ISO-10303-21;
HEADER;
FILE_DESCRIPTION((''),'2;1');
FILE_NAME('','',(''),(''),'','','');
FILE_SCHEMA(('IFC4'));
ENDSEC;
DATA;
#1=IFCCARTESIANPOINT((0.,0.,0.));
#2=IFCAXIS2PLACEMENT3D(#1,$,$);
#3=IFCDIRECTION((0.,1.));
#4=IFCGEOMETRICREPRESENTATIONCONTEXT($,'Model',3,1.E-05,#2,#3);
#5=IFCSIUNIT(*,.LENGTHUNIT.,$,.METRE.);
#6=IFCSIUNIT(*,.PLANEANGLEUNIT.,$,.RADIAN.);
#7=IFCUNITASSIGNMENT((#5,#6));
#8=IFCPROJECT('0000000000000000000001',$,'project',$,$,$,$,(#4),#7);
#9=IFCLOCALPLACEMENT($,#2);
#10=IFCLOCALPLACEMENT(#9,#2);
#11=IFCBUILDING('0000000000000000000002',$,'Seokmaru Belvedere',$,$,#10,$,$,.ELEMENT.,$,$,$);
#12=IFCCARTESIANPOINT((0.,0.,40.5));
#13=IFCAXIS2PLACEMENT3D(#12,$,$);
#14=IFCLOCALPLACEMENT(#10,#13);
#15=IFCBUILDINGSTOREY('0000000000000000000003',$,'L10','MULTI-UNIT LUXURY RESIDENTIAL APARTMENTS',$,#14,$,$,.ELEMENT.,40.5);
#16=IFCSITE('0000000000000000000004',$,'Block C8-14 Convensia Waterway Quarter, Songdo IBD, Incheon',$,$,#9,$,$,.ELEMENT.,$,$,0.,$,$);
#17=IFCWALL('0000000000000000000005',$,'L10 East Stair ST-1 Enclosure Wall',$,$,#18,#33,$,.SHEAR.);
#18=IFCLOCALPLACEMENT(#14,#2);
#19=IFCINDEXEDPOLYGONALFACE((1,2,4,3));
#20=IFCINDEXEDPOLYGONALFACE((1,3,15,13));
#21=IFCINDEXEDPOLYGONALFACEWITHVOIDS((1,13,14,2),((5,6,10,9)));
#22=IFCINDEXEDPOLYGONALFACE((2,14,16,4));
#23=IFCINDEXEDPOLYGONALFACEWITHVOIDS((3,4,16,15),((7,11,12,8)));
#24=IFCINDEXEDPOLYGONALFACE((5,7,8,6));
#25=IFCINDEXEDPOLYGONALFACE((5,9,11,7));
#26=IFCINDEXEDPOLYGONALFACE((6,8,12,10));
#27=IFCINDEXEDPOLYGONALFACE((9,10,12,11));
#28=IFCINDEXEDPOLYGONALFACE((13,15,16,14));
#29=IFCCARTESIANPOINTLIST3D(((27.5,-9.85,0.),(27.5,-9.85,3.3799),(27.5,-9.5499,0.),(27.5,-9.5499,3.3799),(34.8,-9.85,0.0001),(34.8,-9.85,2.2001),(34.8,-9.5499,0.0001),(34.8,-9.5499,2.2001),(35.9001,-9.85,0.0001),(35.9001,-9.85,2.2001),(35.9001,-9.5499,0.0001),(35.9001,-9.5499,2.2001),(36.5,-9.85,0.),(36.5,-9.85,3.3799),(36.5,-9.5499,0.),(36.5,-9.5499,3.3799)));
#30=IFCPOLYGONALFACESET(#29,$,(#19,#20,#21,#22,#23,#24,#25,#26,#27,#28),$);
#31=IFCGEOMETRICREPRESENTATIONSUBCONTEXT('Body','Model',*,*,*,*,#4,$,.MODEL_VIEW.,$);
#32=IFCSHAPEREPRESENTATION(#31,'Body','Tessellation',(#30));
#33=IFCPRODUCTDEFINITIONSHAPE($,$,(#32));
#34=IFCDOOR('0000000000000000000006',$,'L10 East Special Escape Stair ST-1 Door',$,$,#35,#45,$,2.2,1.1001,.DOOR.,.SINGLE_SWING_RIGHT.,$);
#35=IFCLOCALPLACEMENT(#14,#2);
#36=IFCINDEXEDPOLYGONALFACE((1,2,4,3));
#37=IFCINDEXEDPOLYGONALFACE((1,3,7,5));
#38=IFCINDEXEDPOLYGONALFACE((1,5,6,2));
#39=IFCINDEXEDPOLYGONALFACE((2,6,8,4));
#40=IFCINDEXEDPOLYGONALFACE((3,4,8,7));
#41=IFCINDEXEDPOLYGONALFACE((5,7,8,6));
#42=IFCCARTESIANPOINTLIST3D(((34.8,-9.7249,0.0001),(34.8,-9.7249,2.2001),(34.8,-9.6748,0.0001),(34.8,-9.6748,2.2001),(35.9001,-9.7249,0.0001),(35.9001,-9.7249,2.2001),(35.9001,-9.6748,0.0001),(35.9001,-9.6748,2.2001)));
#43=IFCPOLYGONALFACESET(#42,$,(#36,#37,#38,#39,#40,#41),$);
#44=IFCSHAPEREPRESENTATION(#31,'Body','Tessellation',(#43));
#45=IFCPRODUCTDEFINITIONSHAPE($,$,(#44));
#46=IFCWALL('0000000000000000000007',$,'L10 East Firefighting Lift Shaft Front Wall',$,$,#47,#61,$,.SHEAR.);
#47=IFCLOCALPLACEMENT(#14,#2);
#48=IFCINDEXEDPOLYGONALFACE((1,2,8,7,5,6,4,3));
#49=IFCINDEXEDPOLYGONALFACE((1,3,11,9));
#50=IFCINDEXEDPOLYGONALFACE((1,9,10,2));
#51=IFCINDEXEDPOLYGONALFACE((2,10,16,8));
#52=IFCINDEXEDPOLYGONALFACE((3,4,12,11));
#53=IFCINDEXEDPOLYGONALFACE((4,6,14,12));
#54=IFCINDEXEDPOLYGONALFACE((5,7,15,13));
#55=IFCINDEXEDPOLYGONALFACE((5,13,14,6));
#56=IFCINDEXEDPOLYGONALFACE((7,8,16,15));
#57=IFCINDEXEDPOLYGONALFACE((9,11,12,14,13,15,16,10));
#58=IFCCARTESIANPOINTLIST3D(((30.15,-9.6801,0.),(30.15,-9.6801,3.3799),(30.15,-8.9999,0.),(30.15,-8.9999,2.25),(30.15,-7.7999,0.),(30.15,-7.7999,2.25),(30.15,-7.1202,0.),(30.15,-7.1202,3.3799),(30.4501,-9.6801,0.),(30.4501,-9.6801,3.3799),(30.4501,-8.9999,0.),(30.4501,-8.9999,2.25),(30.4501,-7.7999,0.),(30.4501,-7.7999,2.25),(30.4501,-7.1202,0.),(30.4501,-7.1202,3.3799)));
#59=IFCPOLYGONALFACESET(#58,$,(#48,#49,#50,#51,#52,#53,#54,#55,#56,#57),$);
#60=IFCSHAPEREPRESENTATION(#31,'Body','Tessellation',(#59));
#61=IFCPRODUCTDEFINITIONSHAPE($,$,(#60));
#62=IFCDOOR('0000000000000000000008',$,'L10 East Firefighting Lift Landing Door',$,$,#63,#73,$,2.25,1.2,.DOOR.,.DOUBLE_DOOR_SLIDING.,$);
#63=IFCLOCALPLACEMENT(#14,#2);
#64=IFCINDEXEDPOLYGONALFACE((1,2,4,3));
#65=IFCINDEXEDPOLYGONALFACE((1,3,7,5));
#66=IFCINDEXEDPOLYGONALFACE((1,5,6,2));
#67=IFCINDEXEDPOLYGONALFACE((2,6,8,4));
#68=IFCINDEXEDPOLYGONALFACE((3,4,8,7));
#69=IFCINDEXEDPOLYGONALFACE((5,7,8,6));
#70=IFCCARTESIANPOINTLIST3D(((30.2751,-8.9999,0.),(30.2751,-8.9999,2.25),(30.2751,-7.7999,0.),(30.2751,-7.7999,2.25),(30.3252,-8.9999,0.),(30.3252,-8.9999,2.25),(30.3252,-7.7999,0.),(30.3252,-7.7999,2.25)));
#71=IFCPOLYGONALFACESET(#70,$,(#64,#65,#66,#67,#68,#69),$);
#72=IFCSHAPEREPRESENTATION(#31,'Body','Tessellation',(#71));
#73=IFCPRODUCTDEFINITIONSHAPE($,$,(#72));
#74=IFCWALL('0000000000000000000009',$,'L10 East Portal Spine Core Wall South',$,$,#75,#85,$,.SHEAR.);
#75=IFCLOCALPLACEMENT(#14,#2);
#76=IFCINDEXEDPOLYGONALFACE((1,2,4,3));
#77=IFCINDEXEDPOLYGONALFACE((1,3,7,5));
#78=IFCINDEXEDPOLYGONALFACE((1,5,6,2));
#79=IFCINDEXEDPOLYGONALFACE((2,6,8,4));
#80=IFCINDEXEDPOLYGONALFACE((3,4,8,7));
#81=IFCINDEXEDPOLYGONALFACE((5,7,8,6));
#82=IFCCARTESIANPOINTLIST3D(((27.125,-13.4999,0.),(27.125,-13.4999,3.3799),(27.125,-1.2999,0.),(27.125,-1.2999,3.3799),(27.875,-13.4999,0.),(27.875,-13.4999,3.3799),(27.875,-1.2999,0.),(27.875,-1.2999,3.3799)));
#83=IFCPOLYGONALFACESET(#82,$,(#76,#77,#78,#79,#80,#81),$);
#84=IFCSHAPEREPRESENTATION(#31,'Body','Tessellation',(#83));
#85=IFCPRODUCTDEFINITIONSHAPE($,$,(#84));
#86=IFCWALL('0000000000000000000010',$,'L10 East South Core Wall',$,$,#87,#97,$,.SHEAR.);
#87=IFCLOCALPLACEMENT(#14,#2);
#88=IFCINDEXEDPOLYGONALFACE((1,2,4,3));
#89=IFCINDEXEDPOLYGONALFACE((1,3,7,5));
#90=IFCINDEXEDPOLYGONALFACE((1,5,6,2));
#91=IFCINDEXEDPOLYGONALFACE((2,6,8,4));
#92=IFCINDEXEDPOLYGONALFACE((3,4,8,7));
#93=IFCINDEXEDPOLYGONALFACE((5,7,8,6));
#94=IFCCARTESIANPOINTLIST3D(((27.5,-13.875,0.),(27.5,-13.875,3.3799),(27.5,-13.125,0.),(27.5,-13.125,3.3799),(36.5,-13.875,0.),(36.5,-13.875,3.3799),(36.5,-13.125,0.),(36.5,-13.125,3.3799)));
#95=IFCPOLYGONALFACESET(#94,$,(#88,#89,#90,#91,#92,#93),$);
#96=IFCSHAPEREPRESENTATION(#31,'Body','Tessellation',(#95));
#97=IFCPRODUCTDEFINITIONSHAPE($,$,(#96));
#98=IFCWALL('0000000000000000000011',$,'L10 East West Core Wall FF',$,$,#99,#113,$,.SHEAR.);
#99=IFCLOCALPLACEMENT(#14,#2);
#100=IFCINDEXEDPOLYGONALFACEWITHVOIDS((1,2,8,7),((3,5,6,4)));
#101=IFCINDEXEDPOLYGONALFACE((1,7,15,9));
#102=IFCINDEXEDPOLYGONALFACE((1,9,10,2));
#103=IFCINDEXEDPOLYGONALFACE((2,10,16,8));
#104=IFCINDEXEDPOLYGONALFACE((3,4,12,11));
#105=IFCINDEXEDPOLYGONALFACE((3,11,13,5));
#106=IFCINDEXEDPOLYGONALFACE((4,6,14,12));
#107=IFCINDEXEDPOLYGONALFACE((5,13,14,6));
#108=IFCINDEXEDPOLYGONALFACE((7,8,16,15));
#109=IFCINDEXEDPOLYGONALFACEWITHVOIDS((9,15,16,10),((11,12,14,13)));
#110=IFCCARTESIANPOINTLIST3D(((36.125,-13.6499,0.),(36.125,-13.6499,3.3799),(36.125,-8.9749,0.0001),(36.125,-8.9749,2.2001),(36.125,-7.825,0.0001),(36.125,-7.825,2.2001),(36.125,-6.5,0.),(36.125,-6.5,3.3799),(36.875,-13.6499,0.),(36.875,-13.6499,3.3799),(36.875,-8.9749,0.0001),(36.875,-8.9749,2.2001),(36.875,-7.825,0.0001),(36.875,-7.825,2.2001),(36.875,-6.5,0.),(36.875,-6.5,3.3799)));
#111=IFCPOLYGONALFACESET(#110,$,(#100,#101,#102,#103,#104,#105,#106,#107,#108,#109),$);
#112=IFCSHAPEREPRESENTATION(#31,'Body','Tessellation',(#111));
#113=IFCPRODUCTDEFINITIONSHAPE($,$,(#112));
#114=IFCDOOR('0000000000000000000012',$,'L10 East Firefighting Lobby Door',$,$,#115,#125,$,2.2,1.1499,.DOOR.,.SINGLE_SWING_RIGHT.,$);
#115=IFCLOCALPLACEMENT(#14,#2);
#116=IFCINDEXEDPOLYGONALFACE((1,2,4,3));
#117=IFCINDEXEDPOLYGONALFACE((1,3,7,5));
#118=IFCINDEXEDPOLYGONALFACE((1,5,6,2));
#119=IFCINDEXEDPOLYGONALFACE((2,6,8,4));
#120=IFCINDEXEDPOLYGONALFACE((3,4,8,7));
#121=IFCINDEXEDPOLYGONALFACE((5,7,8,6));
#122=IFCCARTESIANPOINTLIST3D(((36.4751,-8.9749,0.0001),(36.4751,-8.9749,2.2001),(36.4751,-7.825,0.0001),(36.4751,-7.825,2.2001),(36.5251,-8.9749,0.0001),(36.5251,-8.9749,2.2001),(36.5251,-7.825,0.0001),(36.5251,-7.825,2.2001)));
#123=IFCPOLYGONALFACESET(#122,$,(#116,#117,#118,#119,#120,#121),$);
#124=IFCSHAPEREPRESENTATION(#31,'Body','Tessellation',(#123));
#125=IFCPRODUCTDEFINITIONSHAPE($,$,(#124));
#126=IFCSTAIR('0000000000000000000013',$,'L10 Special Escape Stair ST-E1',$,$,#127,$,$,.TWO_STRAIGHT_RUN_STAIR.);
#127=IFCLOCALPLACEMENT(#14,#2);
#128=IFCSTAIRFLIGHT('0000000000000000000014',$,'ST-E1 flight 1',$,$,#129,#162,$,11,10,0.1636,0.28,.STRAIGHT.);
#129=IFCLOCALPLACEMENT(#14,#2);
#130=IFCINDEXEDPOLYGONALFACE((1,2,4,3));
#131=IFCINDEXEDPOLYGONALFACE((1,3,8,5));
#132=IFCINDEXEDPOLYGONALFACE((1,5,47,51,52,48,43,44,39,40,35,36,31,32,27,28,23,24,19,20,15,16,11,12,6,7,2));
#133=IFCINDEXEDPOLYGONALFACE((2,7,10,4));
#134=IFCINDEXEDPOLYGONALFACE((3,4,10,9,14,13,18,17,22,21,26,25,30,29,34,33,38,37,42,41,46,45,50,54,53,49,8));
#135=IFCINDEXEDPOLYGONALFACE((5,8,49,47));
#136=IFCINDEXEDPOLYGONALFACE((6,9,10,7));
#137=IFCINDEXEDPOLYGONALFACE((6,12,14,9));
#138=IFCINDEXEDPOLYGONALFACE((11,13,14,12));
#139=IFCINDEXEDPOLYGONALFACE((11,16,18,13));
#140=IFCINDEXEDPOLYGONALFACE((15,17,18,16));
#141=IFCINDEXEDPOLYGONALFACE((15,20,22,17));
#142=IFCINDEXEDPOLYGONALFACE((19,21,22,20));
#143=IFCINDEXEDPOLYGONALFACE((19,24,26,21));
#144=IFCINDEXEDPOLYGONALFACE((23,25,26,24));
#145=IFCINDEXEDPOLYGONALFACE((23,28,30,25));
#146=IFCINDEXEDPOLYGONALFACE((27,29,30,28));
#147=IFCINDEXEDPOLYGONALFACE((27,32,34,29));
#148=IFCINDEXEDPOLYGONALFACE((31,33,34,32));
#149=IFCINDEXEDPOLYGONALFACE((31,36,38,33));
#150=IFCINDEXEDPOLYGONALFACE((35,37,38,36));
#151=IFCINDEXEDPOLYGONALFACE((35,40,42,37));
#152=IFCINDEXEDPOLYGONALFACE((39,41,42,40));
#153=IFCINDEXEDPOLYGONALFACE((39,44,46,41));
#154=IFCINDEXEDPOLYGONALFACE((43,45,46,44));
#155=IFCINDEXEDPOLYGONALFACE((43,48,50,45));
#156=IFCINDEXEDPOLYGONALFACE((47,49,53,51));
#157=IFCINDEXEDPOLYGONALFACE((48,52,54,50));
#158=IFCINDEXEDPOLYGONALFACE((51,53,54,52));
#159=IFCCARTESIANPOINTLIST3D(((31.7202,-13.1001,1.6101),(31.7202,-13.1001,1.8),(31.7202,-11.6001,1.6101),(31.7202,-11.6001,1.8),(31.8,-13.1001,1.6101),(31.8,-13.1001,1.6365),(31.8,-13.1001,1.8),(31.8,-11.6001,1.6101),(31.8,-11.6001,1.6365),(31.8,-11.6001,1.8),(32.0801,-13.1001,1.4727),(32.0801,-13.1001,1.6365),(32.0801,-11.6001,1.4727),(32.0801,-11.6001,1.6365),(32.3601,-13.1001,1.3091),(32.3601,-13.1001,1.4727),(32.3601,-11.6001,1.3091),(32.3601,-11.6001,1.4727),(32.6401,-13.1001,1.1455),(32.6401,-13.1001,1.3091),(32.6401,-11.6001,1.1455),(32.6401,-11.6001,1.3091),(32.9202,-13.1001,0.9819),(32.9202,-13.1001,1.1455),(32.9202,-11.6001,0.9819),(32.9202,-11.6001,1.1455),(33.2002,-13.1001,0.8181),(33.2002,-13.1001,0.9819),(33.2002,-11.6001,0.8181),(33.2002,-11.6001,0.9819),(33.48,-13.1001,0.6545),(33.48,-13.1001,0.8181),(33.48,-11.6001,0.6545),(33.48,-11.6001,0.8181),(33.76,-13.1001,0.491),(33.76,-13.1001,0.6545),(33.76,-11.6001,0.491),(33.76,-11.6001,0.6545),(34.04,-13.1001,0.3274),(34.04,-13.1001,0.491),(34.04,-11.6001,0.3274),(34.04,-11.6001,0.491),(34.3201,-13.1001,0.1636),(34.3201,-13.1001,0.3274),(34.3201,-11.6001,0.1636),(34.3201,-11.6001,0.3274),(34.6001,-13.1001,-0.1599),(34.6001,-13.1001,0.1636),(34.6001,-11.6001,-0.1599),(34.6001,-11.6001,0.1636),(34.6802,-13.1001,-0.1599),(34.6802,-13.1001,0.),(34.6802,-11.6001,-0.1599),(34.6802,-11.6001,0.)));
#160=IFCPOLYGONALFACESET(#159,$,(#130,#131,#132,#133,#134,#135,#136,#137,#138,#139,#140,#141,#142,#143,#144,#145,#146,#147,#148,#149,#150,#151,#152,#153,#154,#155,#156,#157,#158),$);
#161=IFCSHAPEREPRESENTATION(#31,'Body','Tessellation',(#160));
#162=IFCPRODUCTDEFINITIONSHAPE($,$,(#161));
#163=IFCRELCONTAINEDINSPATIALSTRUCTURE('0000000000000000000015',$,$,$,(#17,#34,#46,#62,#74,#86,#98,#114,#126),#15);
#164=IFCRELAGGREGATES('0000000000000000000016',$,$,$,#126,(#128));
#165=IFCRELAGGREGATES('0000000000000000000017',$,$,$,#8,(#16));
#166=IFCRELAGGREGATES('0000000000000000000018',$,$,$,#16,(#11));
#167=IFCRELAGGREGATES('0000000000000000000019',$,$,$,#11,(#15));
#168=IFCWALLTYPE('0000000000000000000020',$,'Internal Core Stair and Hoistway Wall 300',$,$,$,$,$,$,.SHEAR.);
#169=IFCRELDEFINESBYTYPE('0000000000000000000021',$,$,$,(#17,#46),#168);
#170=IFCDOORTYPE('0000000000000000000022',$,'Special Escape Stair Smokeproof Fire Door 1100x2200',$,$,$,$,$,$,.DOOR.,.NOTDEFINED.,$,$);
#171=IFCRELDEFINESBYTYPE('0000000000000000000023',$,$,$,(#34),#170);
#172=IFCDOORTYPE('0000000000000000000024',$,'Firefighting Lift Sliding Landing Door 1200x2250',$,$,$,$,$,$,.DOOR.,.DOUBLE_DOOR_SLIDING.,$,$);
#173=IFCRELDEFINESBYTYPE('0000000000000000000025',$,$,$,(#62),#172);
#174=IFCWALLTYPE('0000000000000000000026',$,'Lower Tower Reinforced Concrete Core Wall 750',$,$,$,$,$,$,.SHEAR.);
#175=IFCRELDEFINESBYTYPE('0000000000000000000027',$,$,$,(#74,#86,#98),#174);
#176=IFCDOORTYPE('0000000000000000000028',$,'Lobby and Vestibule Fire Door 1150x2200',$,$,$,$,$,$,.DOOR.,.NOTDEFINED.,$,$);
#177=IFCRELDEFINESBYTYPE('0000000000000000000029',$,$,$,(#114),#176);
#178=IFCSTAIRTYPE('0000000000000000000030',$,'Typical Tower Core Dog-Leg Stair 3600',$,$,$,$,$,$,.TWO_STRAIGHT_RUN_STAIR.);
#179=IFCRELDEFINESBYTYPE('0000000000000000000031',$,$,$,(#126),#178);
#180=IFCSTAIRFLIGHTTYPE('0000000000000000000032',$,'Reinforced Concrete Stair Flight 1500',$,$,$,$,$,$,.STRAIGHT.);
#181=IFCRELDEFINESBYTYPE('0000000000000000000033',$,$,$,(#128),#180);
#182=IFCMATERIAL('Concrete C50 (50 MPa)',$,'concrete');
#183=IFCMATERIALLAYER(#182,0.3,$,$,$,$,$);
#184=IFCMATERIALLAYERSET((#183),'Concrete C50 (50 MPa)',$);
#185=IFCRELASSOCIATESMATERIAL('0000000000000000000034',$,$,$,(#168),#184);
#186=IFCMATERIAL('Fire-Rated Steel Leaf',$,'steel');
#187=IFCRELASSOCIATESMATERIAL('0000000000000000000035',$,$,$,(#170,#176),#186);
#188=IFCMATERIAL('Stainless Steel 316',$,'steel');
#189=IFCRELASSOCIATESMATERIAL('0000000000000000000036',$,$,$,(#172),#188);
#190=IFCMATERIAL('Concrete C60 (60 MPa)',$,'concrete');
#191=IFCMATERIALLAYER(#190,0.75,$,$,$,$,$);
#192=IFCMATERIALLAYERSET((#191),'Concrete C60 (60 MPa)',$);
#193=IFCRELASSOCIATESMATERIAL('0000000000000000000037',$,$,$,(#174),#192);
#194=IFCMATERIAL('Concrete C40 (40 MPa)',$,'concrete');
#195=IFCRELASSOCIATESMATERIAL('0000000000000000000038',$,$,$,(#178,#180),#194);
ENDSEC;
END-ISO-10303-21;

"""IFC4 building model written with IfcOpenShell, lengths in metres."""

from ifc_helpers import new_model, si_unit, direction, frame, frame_2d, origin, place, context, subcontext, project, spatial, polyline, rectangle, outline, extrude, source, transform, mapped, material, layer, layer_set, type_object, type_shapes, element, fill, aggregate, save


model = new_model("IFC4")

# Units and contexts
model_context = context("Model", 3, precision=1e-05, world=origin(), true_north=direction((0.0, 1.0)))
body_context = subcontext(model_context, "Body", "Model", "MODEL_VIEW")
ifc_project = project(units=[si_unit("LENGTHUNIT", "METRE"), si_unit("PLANEANGLEUNIT", "RADIAN")], contexts=[model_context])

# Site, building, storey
site_placement = place(None, origin())
site = spatial("IfcSite", under=ifc_project, at=site_placement, Name="Block C8-14 Convensia Waterway Quarter, Songdo IBD, Incheon", CompositionType="ELEMENT", RefElevation=0.0)
building_placement = place(site_placement, origin())
building = spatial("IfcBuilding", under=site, at=building_placement, Name="Seokmaru Belvedere", CompositionType="ELEMENT")
storey_placement = place(building_placement, frame((0.0, 0.0, 40.5)))
storey = spatial("IfcBuildingStorey", under=building, at=storey_placement, Name="L10", Description="MULTI-UNIT LUXURY RESIDENTIAL APARTMENTS", CompositionType="ELEMENT", Elevation=40.5)

# Walls, openings, doors
ifc_material_1 = material(Name="Concrete C50 (50 MPa)", Category="concrete")
ifc_layer_1 = layer(ifc_material_1, 0.3)
ifc_layer_set_1 = layer_set([ifc_layer_1], Name="Concrete C50 (50 MPa)")
wall_type_1 = type_object("IfcWallType", Name="Internal Core Stair and Hoistway Wall 300", PredefinedType="SHEAR", material=ifc_layer_set_1)
wall_1_placement = place(storey_placement, frame((27.5, -9.7, 0.0), z_axis=(0.0, 0.0, 1.0), x_axis=(1.0, 0.0, 0.0)))
wall_1 = element("IfcWall", 1, at=wall_1_placement, inside=storey, type_object=wall_type_1, Name="L10 East Stair ST-1 Enclosure Wall", PredefinedType="SHEAR", context=body_context, shape_type="SweptSolid", body=[
    extrude(rectangle(XDim=9.0, YDim=0.3, at=frame_2d((4.5, 0.0))), origin(), (0.0, 0.0, 1.0), 3.3799),
])
opening_1_placement = place(wall_1_placement, frame((7.3, 0.0, 0.0)))
opening_1 = element("IfcOpeningElement", 2, at=opening_1_placement, cuts=wall_1, PredefinedType="OPENING", context=body_context, shape_type="SweptSolid", body=[
    extrude(rectangle(XDim=1.1001, YDim=2.2, at=frame_2d((0.55, 1.1001))), frame((0.0, 0.1602, 0.0), z_axis=(0.0, -1.0, 0.0), x_axis=(1.0, 0.0, 0.0)), (0.0, 0.0, 1.0), 0.3201),
])
ifc_material_2 = material(Name="Fire-Rated Steel Leaf", Category="steel")
door_type_1 = type_object("IfcDoorType", Name="Special Escape Stair Smokeproof Fire Door 1100x2200", OperationType="NOTDEFINED", PredefinedType="DOOR", material=ifc_material_2)
shared_shape_1 = source(origin(), body_context, "Body", "SweptSolid", [
    extrude(rectangle(XDim=1.1001, YDim=2.2, at=frame_2d((0.55, 1.1001))), frame((0.0, 0.0249, 0.0), z_axis=(0.0, -1.0, 0.0), x_axis=(1.0, 0.0, 0.0)), (0.0, 0.0, 1.0), 0.05),
])
type_shapes(door_type_1, [shared_shape_1])
door_1_placement = place(opening_1_placement, frame((1.1001, 0.0, 0.0), z_axis=(0.0, 0.0, 1.0), x_axis=(-1.0, 0.0, 0.0)))
door_1 = element("IfcDoor", 3, at=door_1_placement, inside=storey, type_object=door_type_1, Name="L10 East Special Escape Stair ST-1 Door", OperationType="SINGLE_SWING_RIGHT", OverallHeight=2.2, OverallWidth=1.1001, PredefinedType="DOOR", context=body_context, shape_type="MappedRepresentation", body=[
    mapped(shared_shape_1, transform((0.0, 0.0, 0.0), scale=1.0)),
])
fill(opening_1, door_1)
wall_2_placement = place(storey_placement, frame((30.3, -9.6799, 0.0), z_axis=(0.0, 0.0, 1.0), x_axis=(0.0, 1.0, 0.0)))
wall_2 = element("IfcWall", 4, at=wall_2_placement, inside=storey, type_object=wall_type_1, Name="L10 East Firefighting Lift Shaft Front Wall", PredefinedType="SHEAR", context=body_context, shape_type="SweptSolid", body=[
    extrude(rectangle(XDim=2.5598, YDim=0.3, at=frame_2d((1.2798, 0.0))), origin(), (0.0, 0.0, 1.0), 3.3799),
])
opening_2_placement = place(wall_2_placement, frame((0.6799, 0.0, 0.0)))
opening_2 = element("IfcOpeningElement", 5, at=opening_2_placement, cuts=wall_2, PredefinedType="OPENING", context=body_context, shape_type="SweptSolid", body=[
    extrude(rectangle(XDim=1.2, YDim=2.25, at=frame_2d((0.6001, 1.125))), frame((0.0, 0.1602, 0.0), z_axis=(0.0, -1.0, 0.0), x_axis=(1.0, 0.0, 0.0)), (0.0, 0.0, 1.0), 0.3201),
])
ifc_material_3 = material(Name="Stainless Steel 316", Category="steel")
door_type_2 = type_object("IfcDoorType", Name="Firefighting Lift Sliding Landing Door 1200x2250", OperationType="DOUBLE_DOOR_SLIDING", PredefinedType="DOOR", material=ifc_material_3)
shared_shape_2 = source(origin(), body_context, "Body", "SweptSolid", [
    extrude(rectangle(XDim=1.2, YDim=2.25, at=frame_2d((0.6001, 1.125))), frame((0.0, 0.0249, 0.0), z_axis=(0.0, -1.0, 0.0), x_axis=(1.0, 0.0, 0.0)), (0.0, 0.0, 1.0), 0.05),
])
type_shapes(door_type_2, [shared_shape_2])
door_2_placement = place(opening_2_placement, origin())
door_2 = element("IfcDoor", 6, at=door_2_placement, inside=storey, type_object=door_type_2, Name="L10 East Firefighting Lift Landing Door", OperationType="DOUBLE_DOOR_SLIDING", OverallHeight=2.25, OverallWidth=1.2, PredefinedType="DOOR", context=body_context, shape_type="MappedRepresentation", body=[
    mapped(shared_shape_2, transform((0.0, 0.0, 0.0), scale=1.0)),
])
fill(opening_2, door_2)

# Walls
ifc_material_4 = material(Name="Concrete C60 (60 MPa)", Category="concrete")
ifc_layer_2 = layer(ifc_material_4, 0.75)
ifc_layer_set_2 = layer_set([ifc_layer_2], Name="Concrete C60 (60 MPa)")
wall_type_2 = type_object("IfcWallType", Name="Lower Tower Reinforced Concrete Core Wall 750", PredefinedType="SHEAR", material=ifc_layer_set_2)
wall_3_placement = place(storey_placement, frame((27.5, -13.5, 0.0), z_axis=(0.0, 0.0, 1.0), x_axis=(0.0, 1.0, 0.0)))
element("IfcWall", 7, at=wall_3_placement, inside=storey, type_object=wall_type_2, Name="L10 East Portal Spine Core Wall South", PredefinedType="SHEAR", context=body_context, shape_type="SweptSolid", body=[
    extrude(rectangle(XDim=12.2, YDim=0.75, at=frame_2d((6.1001, 0.0))), origin(), (0.0, 0.0, 1.0), 3.3799),
])
wall_4_placement = place(storey_placement, frame((27.5, -13.5, 0.0), z_axis=(0.0, 0.0, 1.0), x_axis=(1.0, 0.0, 0.0)))
element("IfcWall", 8, at=wall_4_placement, inside=storey, type_object=wall_type_2, Name="L10 East South Core Wall", PredefinedType="SHEAR", context=body_context, shape_type="SweptSolid", body=[
    extrude(rectangle(XDim=9.0, YDim=0.75, at=frame_2d((4.5, 0.0))), origin(), (0.0, 0.0, 1.0), 3.3799),
])

# Wall, opening, door
wall_5_placement = place(storey_placement, frame((36.5, -13.6499, 0.0), z_axis=(0.0, 0.0, 1.0), x_axis=(0.0, 1.0, 0.0)))
wall_5 = element("IfcWall", 9, at=wall_5_placement, inside=storey, type_object=wall_type_2, Name="L10 East West Core Wall FF", PredefinedType="SHEAR", context=body_context, shape_type="SweptSolid", body=[
    extrude(rectangle(XDim=7.1499, YDim=0.75, at=frame_2d((3.575, 0.0))), origin(), (0.0, 0.0, 1.0), 3.3799),
])
opening_3_placement = place(wall_5_placement, frame((4.675, 0.0, 0.0)))
opening_3 = element("IfcOpeningElement", 10, at=opening_3_placement, cuts=wall_5, PredefinedType="OPENING", context=body_context, shape_type="SweptSolid", body=[
    extrude(rectangle(XDim=1.1499, YDim=2.2, at=frame_2d((0.575, 1.1001))), frame((0.0, 0.385, 0.0), z_axis=(0.0, -1.0, 0.0), x_axis=(1.0, 0.0, 0.0)), (0.0, 0.0, 1.0), 0.77),
])
door_type_3 = type_object("IfcDoorType", Name="Lobby and Vestibule Fire Door 1150x2200", OperationType="NOTDEFINED", PredefinedType="DOOR", material=ifc_material_2)
shared_shape_3 = source(origin(), body_context, "Body", "SweptSolid", [
    extrude(rectangle(XDim=1.1499, YDim=2.2, at=frame_2d((0.575, 1.1001))), frame((0.0, 0.0249, 0.0), z_axis=(0.0, -1.0, 0.0), x_axis=(1.0, 0.0, 0.0)), (0.0, 0.0, 1.0), 0.05),
])
type_shapes(door_type_3, [shared_shape_3])
door_3_placement = place(opening_3_placement, origin())
door_3 = element("IfcDoor", 11, at=door_3_placement, inside=storey, type_object=door_type_3, Name="L10 East Firefighting Lobby Door", OperationType="SINGLE_SWING_RIGHT", OverallHeight=2.2, OverallWidth=1.1499, PredefinedType="DOOR", context=body_context, shape_type="MappedRepresentation", body=[
    mapped(shared_shape_3, transform((0.0, 0.0, 0.0), scale=1.0)),
])
fill(opening_3, door_3)

# Stair, stair flight
ifc_material_5 = material(Name="Concrete C40 (40 MPa)", Category="concrete")
stair_type = type_object("IfcStairType", Name="Typical Tower Core Dog-Leg Stair 3600", PredefinedType="TWO_STRAIGHT_RUN_STAIR", material=ifc_material_5)
stair_placement = place(storey_placement, origin())
stair = element("IfcStair", 12, at=stair_placement, inside=storey, type_object=stair_type, Name="L10 Special Escape Stair ST-E1", PredefinedType="TWO_STRAIGHT_RUN_STAIR")
stair_flight_type = type_object("IfcStairFlightType", Name="Reinforced Concrete Stair Flight 1500", PredefinedType="STRAIGHT", material=ifc_material_5)
stair_flight_1_placement = place(storey_placement, frame((34.6001, -12.3501, 0.0), z_axis=(0.0, 0.0, 1.0), x_axis=(-1.0, 0.0, 0.0)))
stair_flight_1 = element("IfcStairFlight", 13, at=stair_flight_1_placement, type_object=stair_flight_type, Name="ST-E1 flight 1", NumberOfRisers=11, NumberOfTreads=10, PredefinedType="STRAIGHT", RiserHeight=0.1636, TreadLength=0.28, context=body_context, shape_type="SweptSolid", body=[
    extrude(outline(polyline([(-0.0801, 0.0), (0.0, 0.1636), (0.28, 0.1636), (0.28, 0.3274), (0.5601, 0.3274), (0.5601, 0.491), (0.8401, 0.491), (0.8401, 0.6545), (1.1201, 0.6545), (1.1201, 0.8181), (1.3999, 0.8181), (1.3999, 0.9819), (1.6799, 0.9819), (1.6799, 1.1455), (1.96, 1.1455), (1.96, 1.3091), (2.24, 1.3091), (2.24, 1.4727), (2.52, 1.4727), (2.52, 1.6365), (2.8, 1.6365), (2.8, 1.8), (2.8799, 1.8), (2.8799, 1.6101), (2.8, 1.6101), (0.0, -0.1599), (-0.0801, -0.1599), (-0.0801, 0.0)])), frame((0.0, 0.75, 0.0), z_axis=(0.0, -1.0, 0.0), x_axis=(1.0, 0.0, 0.0)), (0.0, 0.0, 1.0), 1.5),
])
aggregate(stair, [stair_flight_1])

save(model, "model.ifc")
